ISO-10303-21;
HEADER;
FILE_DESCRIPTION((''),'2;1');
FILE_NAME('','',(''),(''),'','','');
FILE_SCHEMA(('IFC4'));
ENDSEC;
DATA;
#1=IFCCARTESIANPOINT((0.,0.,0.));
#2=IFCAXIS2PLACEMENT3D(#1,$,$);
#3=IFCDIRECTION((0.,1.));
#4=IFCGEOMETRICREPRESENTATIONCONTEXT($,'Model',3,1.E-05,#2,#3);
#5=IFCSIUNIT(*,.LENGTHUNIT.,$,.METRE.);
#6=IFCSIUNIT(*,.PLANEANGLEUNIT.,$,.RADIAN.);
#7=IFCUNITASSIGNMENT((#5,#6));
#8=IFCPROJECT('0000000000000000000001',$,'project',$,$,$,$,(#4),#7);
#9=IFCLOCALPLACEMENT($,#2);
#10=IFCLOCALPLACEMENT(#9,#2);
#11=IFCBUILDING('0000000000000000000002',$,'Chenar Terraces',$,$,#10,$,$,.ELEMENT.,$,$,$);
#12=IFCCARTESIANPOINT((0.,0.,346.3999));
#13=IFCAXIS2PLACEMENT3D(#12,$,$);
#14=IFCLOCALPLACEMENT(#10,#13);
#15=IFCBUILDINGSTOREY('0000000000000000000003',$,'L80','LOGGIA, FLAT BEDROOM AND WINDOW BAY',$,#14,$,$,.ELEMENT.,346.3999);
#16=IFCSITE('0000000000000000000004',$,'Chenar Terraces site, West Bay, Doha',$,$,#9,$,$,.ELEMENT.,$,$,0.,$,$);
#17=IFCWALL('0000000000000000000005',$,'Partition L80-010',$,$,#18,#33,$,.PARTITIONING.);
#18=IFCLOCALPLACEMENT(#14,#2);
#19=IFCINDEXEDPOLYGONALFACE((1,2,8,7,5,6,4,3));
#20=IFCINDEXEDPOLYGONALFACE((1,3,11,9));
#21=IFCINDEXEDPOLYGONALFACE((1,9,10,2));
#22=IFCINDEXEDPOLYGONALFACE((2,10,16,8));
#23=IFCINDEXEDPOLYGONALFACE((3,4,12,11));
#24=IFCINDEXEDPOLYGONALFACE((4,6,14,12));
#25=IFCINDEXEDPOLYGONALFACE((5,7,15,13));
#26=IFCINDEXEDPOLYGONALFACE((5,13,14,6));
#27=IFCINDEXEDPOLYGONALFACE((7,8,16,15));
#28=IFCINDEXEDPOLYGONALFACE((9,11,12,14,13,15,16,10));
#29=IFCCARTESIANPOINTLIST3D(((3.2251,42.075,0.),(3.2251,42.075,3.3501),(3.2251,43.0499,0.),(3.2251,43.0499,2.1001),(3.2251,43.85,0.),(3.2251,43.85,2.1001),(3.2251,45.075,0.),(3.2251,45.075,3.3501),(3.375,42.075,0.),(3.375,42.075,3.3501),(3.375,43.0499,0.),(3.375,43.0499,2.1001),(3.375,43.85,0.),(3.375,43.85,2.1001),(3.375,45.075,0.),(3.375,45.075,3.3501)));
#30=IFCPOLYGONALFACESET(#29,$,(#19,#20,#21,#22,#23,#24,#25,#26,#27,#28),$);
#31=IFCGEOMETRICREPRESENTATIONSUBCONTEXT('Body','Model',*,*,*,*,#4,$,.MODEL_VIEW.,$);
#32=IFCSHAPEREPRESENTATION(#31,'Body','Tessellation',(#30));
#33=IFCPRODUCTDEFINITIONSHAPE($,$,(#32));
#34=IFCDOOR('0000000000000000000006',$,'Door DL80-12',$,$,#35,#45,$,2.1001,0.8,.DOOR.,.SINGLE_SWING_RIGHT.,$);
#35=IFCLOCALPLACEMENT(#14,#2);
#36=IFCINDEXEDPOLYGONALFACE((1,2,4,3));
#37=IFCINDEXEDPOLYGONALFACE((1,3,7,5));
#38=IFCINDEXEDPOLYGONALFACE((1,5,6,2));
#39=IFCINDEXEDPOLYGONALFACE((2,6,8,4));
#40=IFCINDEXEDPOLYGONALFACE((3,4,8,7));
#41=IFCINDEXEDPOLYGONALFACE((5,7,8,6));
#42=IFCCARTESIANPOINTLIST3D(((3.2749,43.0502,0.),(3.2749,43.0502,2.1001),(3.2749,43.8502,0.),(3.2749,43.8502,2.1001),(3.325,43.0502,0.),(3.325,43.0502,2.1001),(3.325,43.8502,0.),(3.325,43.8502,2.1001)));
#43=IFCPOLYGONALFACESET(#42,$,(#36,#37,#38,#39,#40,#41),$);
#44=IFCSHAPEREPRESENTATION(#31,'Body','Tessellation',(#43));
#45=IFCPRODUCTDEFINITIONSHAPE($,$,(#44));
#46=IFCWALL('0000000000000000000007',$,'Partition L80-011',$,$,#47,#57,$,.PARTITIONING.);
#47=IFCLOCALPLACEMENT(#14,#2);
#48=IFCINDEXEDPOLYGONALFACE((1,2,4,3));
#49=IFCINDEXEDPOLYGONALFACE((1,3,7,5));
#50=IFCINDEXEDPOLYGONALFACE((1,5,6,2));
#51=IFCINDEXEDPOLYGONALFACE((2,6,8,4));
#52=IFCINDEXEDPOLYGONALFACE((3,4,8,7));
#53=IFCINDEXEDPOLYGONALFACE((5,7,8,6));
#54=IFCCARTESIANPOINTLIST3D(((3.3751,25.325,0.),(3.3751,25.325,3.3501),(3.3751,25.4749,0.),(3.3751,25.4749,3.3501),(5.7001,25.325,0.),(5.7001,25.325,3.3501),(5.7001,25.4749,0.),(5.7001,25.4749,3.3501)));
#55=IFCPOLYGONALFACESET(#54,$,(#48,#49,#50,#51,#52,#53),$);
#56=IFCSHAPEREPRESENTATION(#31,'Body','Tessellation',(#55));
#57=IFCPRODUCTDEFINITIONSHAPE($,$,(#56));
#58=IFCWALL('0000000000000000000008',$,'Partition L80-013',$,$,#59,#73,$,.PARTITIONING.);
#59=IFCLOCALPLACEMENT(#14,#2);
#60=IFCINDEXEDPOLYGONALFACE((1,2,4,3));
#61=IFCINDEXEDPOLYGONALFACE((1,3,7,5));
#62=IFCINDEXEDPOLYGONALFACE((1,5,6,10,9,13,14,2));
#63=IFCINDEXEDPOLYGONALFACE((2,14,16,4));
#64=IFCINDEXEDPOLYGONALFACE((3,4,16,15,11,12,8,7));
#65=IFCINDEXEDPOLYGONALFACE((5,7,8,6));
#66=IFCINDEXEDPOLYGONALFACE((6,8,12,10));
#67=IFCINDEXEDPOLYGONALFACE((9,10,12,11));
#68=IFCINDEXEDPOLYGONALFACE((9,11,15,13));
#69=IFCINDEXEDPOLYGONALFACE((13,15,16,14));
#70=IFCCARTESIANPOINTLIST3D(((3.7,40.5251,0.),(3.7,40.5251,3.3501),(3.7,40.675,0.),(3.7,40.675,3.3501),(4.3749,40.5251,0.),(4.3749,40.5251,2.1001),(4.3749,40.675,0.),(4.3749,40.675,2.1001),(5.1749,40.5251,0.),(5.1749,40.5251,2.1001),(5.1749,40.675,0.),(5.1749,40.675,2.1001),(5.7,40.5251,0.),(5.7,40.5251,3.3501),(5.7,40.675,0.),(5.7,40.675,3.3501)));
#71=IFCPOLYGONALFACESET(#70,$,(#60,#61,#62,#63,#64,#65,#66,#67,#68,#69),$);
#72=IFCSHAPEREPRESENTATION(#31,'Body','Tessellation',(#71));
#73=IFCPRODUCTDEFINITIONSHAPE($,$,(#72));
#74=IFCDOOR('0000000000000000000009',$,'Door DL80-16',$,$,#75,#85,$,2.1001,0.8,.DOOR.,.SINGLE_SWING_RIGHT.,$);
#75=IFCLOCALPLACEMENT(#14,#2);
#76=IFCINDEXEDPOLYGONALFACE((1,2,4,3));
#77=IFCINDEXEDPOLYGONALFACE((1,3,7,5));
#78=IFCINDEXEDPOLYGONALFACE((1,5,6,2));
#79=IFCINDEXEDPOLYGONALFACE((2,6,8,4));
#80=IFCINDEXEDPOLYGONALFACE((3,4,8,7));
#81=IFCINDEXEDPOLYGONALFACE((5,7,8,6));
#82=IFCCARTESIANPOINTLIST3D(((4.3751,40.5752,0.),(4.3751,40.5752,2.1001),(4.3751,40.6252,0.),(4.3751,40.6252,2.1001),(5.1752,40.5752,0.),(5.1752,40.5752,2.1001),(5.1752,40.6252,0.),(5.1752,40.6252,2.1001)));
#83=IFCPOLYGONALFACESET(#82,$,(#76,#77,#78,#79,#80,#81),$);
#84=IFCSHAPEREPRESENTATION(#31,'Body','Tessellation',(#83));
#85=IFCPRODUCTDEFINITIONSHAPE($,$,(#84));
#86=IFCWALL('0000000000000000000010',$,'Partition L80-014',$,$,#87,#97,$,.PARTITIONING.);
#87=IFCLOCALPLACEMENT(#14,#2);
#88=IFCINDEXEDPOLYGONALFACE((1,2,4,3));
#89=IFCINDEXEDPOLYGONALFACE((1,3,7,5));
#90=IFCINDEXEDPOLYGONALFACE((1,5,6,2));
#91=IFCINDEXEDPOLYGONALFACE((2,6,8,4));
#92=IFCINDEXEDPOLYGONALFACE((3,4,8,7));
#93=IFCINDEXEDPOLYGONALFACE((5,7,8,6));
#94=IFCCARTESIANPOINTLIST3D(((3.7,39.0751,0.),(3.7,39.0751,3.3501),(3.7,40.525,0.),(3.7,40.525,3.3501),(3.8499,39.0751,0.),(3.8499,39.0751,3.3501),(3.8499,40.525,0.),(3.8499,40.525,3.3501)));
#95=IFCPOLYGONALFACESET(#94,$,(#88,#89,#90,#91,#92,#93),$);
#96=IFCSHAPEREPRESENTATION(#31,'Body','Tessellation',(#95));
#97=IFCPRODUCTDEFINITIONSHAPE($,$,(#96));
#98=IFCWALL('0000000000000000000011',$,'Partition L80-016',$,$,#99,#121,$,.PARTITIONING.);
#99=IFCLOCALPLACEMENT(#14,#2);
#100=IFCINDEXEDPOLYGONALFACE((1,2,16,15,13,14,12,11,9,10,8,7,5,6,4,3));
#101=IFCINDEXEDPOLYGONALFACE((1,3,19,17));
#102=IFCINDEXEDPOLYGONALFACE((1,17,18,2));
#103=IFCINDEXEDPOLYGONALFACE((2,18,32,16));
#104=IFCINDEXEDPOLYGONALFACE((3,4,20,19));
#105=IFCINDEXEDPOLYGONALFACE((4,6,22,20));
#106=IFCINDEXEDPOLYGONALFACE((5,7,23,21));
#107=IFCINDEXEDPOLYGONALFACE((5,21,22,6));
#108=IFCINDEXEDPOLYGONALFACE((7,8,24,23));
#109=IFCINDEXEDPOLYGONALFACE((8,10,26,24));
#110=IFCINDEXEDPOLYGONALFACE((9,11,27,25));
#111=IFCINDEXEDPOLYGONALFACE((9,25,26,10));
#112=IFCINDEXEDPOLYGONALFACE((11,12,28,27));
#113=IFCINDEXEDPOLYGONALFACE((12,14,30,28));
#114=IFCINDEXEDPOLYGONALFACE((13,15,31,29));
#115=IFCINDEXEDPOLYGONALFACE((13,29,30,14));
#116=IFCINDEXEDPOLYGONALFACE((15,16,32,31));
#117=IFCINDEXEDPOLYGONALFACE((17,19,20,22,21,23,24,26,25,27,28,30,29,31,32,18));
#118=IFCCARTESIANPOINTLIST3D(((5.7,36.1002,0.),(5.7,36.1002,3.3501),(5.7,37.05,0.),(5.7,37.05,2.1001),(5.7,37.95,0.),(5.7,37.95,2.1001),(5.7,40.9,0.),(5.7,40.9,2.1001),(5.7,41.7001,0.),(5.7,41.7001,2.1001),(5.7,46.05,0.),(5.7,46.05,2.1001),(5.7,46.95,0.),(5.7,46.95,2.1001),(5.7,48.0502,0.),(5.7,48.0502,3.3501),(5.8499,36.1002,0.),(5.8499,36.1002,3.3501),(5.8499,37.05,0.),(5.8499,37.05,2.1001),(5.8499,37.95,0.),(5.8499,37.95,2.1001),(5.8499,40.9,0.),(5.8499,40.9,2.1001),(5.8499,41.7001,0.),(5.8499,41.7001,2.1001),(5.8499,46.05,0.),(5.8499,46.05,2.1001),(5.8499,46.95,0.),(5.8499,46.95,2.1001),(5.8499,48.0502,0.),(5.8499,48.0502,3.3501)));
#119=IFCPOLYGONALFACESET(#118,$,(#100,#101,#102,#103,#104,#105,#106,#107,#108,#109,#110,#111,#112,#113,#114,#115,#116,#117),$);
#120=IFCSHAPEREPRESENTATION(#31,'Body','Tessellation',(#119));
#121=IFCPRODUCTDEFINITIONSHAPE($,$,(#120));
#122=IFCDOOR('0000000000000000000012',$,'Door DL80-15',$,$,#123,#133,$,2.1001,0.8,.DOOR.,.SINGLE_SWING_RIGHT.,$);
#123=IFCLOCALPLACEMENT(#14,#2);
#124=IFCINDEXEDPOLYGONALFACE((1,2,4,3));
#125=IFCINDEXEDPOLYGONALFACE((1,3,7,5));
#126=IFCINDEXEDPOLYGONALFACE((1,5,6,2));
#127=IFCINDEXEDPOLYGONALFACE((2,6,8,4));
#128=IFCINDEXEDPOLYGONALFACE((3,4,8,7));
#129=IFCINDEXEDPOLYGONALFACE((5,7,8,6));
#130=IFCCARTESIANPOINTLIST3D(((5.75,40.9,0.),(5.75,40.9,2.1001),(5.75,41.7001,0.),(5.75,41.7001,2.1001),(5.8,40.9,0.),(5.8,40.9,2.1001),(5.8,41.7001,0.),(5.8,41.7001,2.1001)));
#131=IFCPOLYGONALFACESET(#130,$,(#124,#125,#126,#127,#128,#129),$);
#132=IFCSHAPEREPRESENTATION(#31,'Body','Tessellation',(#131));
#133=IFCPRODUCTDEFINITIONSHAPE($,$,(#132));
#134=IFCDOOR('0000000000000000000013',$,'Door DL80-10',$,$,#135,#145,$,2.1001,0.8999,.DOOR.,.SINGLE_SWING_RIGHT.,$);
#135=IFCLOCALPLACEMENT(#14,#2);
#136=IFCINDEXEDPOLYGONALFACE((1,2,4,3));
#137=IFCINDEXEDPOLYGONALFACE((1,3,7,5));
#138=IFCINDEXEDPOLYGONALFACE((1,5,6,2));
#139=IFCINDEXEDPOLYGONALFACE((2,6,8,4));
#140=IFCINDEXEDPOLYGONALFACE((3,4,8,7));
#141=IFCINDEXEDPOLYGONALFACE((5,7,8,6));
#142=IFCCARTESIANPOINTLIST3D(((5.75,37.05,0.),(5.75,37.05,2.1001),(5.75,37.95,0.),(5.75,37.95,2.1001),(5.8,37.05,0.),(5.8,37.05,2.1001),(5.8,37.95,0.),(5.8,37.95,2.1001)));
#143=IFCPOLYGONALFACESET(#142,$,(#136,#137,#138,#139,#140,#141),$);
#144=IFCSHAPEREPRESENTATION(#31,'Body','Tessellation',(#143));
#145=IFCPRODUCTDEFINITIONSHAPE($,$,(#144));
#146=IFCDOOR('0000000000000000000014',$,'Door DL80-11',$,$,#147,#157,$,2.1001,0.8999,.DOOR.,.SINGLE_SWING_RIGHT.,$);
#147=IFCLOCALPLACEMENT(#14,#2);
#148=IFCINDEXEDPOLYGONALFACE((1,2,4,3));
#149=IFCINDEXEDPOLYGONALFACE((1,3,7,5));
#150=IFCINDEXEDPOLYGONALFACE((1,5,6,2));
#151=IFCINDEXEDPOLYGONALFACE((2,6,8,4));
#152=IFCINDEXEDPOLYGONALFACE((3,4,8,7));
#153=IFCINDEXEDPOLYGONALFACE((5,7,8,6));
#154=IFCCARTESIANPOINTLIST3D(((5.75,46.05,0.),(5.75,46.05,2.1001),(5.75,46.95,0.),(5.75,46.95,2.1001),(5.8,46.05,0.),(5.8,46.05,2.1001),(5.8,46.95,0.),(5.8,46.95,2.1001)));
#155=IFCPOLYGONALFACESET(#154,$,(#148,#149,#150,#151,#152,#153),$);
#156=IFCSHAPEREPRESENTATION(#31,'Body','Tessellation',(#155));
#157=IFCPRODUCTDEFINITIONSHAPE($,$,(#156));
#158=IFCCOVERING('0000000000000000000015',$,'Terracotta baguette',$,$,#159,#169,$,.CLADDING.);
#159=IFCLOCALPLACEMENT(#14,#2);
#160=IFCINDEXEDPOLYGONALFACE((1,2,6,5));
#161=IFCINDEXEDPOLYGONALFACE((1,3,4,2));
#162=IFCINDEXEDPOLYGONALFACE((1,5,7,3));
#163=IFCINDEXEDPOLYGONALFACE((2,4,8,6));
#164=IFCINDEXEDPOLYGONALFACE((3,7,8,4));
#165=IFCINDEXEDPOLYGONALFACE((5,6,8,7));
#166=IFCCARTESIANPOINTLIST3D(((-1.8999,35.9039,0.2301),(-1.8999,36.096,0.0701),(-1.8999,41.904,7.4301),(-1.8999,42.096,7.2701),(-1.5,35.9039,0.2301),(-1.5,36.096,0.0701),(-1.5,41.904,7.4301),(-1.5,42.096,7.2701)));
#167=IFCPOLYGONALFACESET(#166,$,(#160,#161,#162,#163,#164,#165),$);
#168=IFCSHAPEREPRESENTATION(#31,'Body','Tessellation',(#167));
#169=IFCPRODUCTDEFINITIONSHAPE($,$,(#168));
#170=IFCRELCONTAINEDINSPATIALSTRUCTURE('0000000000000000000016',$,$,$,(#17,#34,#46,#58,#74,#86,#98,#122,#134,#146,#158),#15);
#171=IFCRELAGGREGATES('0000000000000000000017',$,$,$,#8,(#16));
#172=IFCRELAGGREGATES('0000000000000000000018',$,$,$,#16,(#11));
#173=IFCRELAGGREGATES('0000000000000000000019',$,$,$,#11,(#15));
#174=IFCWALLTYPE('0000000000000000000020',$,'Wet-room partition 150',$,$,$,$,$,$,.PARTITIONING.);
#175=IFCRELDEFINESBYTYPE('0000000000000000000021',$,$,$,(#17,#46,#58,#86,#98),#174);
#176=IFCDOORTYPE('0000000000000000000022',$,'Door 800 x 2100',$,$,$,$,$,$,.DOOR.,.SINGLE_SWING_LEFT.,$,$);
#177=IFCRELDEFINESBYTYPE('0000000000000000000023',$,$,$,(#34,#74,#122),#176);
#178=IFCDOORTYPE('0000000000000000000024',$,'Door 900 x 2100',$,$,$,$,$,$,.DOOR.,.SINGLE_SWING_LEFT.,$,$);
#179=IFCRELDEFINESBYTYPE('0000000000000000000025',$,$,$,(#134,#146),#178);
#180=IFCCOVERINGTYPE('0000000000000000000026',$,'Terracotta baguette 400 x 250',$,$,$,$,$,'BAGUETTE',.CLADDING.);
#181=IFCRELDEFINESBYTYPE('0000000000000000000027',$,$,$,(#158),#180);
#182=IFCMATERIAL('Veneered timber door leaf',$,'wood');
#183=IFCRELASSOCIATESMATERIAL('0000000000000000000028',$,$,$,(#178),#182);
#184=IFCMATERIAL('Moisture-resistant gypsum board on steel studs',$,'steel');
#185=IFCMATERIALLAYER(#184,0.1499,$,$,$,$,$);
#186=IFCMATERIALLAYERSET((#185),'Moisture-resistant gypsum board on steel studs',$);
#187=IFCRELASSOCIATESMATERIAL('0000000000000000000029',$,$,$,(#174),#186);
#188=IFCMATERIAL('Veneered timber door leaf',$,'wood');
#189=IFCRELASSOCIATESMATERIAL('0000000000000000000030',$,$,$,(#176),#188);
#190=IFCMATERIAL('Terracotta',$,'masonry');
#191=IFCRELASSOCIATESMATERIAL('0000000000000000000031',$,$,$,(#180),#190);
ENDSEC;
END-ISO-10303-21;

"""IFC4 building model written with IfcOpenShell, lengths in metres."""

from ifc_helpers import new_model, si_unit, direction, frame, frame_2d, origin, origin_2d, place, context, subcontext, project, spatial, rectangle, extrude, material, layer, layer_set, material_profile, profile_set, type_object, element, fill, save


model = new_model("IFC4")

# Units and contexts
model_context = context("Model", 3, precision=1e-05, world=origin(), true_north=direction((0.0, 1.0)))
body_context = subcontext(model_context, "Body", "Model", "MODEL_VIEW")
ifc_project = project(units=[si_unit("LENGTHUNIT", "METRE"), si_unit("PLANEANGLEUNIT", "RADIAN")], contexts=[model_context])

# Site, building, storey
site_placement = place(None, origin())
site = spatial("IfcSite", under=ifc_project, at=site_placement, Name="Chenar Terraces site, West Bay, Doha", CompositionType="ELEMENT", RefElevation=0.0)
building_placement = place(site_placement, origin())
building = spatial("IfcBuilding", under=site, at=building_placement, Name="Chenar Terraces", CompositionType="ELEMENT")
storey_placement = place(building_placement, frame((0.0, 0.0, 346.3999)))
storey = spatial("IfcBuildingStorey", under=building, at=storey_placement, Name="L80", Description="LOGGIA, FLAT BEDROOM AND WINDOW BAY", CompositionType="ELEMENT", Elevation=346.3999)

# Shared definitions
ifc_material_1 = material(Name="Veneered timber door leaf", Category="wood")
door_type_1 = type_object("IfcDoorType", Name="Door 900 x 2100", OperationType="SINGLE_SWING_LEFT", PredefinedType="DOOR", material=ifc_material_1)

# Shared definitions
ifc_material_2 = material(Name="Moisture-resistant gypsum board on steel studs", Category="steel")
ifc_layer_1 = layer(ifc_material_2, 0.1499)
ifc_layer_set_1 = layer_set([ifc_layer_1], Name="Moisture-resistant gypsum board on steel studs")
wall_type_1 = type_object("IfcWallType", Name="Wet-room partition 150", PredefinedType="PARTITIONING", material=ifc_layer_set_1)

# Wall, opening, door
wall_1_placement = place(storey_placement, frame((3.3, 42.075, 0.0), z_axis=(0.0, 0.0, 1.0), x_axis=(0.0, 1.0, 0.0)))
wall_1 = element("IfcWall", 1, at=wall_1_placement, inside=storey, type_object=wall_type_1, Name="Partition L80-010", PredefinedType="PARTITIONING", context=body_context, shape_type="SweptSolid", body=[
    extrude(rectangle(XDim=3.0, YDim=0.1499, at=frame_2d((1.5, 0.0))), origin(), (0.0, 0.0, 1.0), 3.3501),
])
opening_1_placement = place(wall_1_placement, frame((0.9751, 0.0, 0.0)))
opening_1 = element("IfcOpeningElement", 2, at=opening_1_placement, cuts=wall_1, PredefinedType="OPENING", context=body_context, shape_type="SweptSolid", body=[
    extrude(rectangle(XDim=0.8, YDim=2.1001, at=frame_2d((0.3999, 1.05))), frame((0.0, 0.085, 0.0), z_axis=(0.0, -1.0, 0.0), x_axis=(1.0, 0.0, 0.0)), (0.0, 0.0, 1.0), 0.1699),
])
ifc_material_3 = material(Name="Veneered timber door leaf", Category="wood")
door_type_2 = type_object("IfcDoorType", Name="Door 800 x 2100", OperationType="SINGLE_SWING_LEFT", PredefinedType="DOOR", material=ifc_material_3)
door_1_placement = place(opening_1_placement, frame((0.8, 0.0, 0.0), z_axis=(0.0, 0.0, 1.0), x_axis=(-1.0, 0.0, 0.0)))
door_1 = element("IfcDoor", 3, at=door_1_placement, inside=storey, type_object=door_type_2, Name="Door DL80-12", OperationType="SINGLE_SWING_RIGHT", OverallHeight=2.1001, OverallWidth=0.8, PredefinedType="DOOR", context=body_context, shape_type="SweptSolid", body=[
    extrude(rectangle(XDim=0.8, YDim=2.1001, at=frame_2d((0.3999, 1.05))), frame((0.0, 0.0249, 0.0), z_axis=(0.0, -1.0, 0.0), x_axis=(1.0, 0.0, 0.0)), (0.0, 0.0, 1.0), 0.05),
])
fill(opening_1, door_1)

# Wall
wall_2_placement = place(storey_placement, frame((3.375, 25.3999, 0.0), z_axis=(0.0, 0.0, 1.0), x_axis=(1.0, 0.0, 0.0)))
element("IfcWall", 4, at=wall_2_placement, inside=storey, type_object=wall_type_1, Name="Partition L80-011", PredefinedType="PARTITIONING", context=body_context, shape_type="SweptSolid", body=[
    extrude(rectangle(XDim=2.325, YDim=0.1499, at=frame_2d((1.1626, 0.0))), origin(), (0.0, 0.0, 1.0), 3.3501),
])

# Wall, opening, door
wall_3_placement = place(storey_placement, frame((3.7, 40.6001, 0.0), z_axis=(0.0, 0.0, 1.0), x_axis=(1.0, 0.0, 0.0)))
wall_3 = element("IfcWall", 5, at=wall_3_placement, inside=storey, type_object=wall_type_1, Name="Partition L80-013", PredefinedType="PARTITIONING", context=body_context, shape_type="SweptSolid", body=[
    extrude(rectangle(XDim=2.0, YDim=0.1499, at=frame_2d((1.0, 0.0))), origin(), (0.0, 0.0, 1.0), 3.3501),
])
opening_2_placement = place(wall_3_placement, frame((0.675, 0.0, 0.0)))
opening_2 = element("IfcOpeningElement", 6, at=opening_2_placement, cuts=wall_3, PredefinedType="OPENING", context=body_context, shape_type="SweptSolid", body=[
    extrude(rectangle(XDim=0.8, YDim=2.1001, at=frame_2d((0.3999, 1.05))), frame((0.0, 0.085, 0.0), z_axis=(0.0, -1.0, 0.0), x_axis=(1.0, 0.0, 0.0)), (0.0, 0.0, 1.0), 0.1699),
])
door_2_placement = place(opening_2_placement, frame((0.8, 0.0, 0.0), z_axis=(0.0, 0.0, 1.0), x_axis=(-1.0, 0.0, 0.0)))
door_2 = element("IfcDoor", 7, at=door_2_placement, inside=storey, type_object=door_type_2, Name="Door DL80-16", OperationType="SINGLE_SWING_RIGHT", OverallHeight=2.1001, OverallWidth=0.8, PredefinedType="DOOR", context=body_context, shape_type="SweptSolid", body=[
    extrude(rectangle(XDim=0.8, YDim=2.1001, at=frame_2d((0.3999, 1.05))), frame((0.0, 0.0249, 0.0), z_axis=(0.0, -1.0, 0.0), x_axis=(1.0, 0.0, 0.0)), (0.0, 0.0, 1.0), 0.05),
])
fill(opening_2, door_2)

# Wall
wall_4_placement = place(storey_placement, frame((3.7749, 39.075, 0.0), z_axis=(0.0, 0.0, 1.0), x_axis=(0.0, 1.0, 0.0)))
element("IfcWall", 8, at=wall_4_placement, inside=storey, type_object=wall_type_1, Name="Partition L80-014", PredefinedType="PARTITIONING", context=body_context, shape_type="SweptSolid", body=[
    extrude(rectangle(XDim=1.45, YDim=0.1499, at=frame_2d((0.7251, 0.0))), origin(), (0.0, 0.0, 1.0), 3.3501),
])

# Wall, openings, doors
wall_5_placement = place(storey_placement, frame((5.7749, 36.1001, 0.0), z_axis=(0.0, 0.0, 1.0), x_axis=(0.0, 1.0, 0.0)))
wall_5 = element("IfcWall", 9, at=wall_5_placement, inside=storey, type_object=wall_type_1, Name="Partition L80-016", PredefinedType="PARTITIONING", context=body_context, shape_type="SweptSolid", body=[
    extrude(rectangle(XDim=11.95, YDim=0.1499, at=frame_2d((5.9751, 0.0))), origin(), (0.0, 0.0, 1.0), 3.3501),
])
opening_3_placement = place(wall_5_placement, frame((0.95, 0.0, 0.0)))
opening_3 = element("IfcOpeningElement", 10, at=opening_3_placement, cuts=wall_5, PredefinedType="OPENING", context=body_context, shape_type="SweptSolid", body=[
    extrude(rectangle(XDim=0.8999, YDim=2.1001, at=frame_2d((0.45, 1.05))), frame((0.0, 0.085, 0.0), z_axis=(0.0, -1.0, 0.0), x_axis=(1.0, 0.0, 0.0)), (0.0, 0.0, 1.0), 0.1699),
])
opening_4_placement = place(wall_5_placement, frame((9.95, 0.0, 0.0)))
opening_4 = element("IfcOpeningElement", 11, at=opening_4_placement, cuts=wall_5, PredefinedType="OPENING", context=body_context, shape_type="SweptSolid", body=[
    extrude(rectangle(XDim=0.8999, YDim=2.1001, at=frame_2d((0.45, 1.05))), frame((0.0, 0.085, 0.0), z_axis=(0.0, -1.0, 0.0), x_axis=(1.0, 0.0, 0.0)), (0.0, 0.0, 1.0), 0.1699),
])
opening_5_placement = place(wall_5_placement, frame((4.8, 0.0, 0.0)))
opening_5 = element("IfcOpeningElement", 12, at=opening_5_placement, cuts=wall_5, PredefinedType="OPENING", context=body_context, shape_type="SweptSolid", body=[
    extrude(rectangle(XDim=0.8, YDim=2.1001, at=frame_2d((0.3999, 1.05))), frame((0.0, 0.085, 0.0), z_axis=(0.0, -1.0, 0.0), x_axis=(1.0, 0.0, 0.0)), (0.0, 0.0, 1.0), 0.1699),
])
door_3_placement = place(opening_5_placement, origin())
door_3 = element("IfcDoor", 13, at=door_3_placement, inside=storey, type_object=door_type_2, Name="Door DL80-15", OperationType="SINGLE_SWING_RIGHT", OverallHeight=2.1001, OverallWidth=0.8, PredefinedType="DOOR", context=body_context, shape_type="SweptSolid", body=[
    extrude(rectangle(XDim=0.8, YDim=2.1001, at=frame_2d((0.3999, 1.05))), frame((0.0, 0.0249, 0.0), z_axis=(0.0, -1.0, 0.0), x_axis=(1.0, 0.0, 0.0)), (0.0, 0.0, 1.0), 0.05),
])
fill(opening_5, door_3)
door_4_placement = place(opening_3_placement, origin())
door_4 = element("IfcDoor", 14, at=door_4_placement, inside=storey, type_object=door_type_1, Name="Door DL80-10", OperationType="SINGLE_SWING_RIGHT", OverallHeight=2.1001, OverallWidth=0.8999, PredefinedType="DOOR", context=body_context, shape_type="SweptSolid", body=[
    extrude(rectangle(XDim=0.8999, YDim=2.1001, at=frame_2d((0.45, 1.05))), frame((0.0, 0.0249, 0.0), z_axis=(0.0, -1.0, 0.0), x_axis=(1.0, 0.0, 0.0)), (0.0, 0.0, 1.0), 0.05),
])
fill(opening_3, door_4)
door_5_placement = place(opening_4_placement, origin())
door_5 = element("IfcDoor", 15, at=door_5_placement, inside=storey, type_object=door_type_1, Name="Door DL80-11", OperationType="SINGLE_SWING_RIGHT", OverallHeight=2.1001, OverallWidth=0.8999, PredefinedType="DOOR", context=body_context, shape_type="SweptSolid", body=[
    extrude(rectangle(XDim=0.8999, YDim=2.1001, at=frame_2d((0.45, 1.05))), frame((0.0, 0.0249, 0.0), z_axis=(0.0, -1.0, 0.0), x_axis=(1.0, 0.0, 0.0)), (0.0, 0.0, 1.0), 0.05),
])
fill(opening_4, door_5)

# Covering
ifc_material_4 = material(Name="Terracotta", Category="masonry")
ifc_material_profile_1 = material_profile(ifc_material_4, rectangle(XDim=0.3999, YDim=0.25, at=origin_2d()), Name="Terracotta baguette 400 x 250")
ifc_profile_set_1 = profile_set([ifc_material_profile_1], Name="Terracotta")
covering_type = type_object("IfcCoveringType", Name="Terracotta baguette 400 x 250", ElementType="BAGUETTE", PredefinedType="CLADDING", material=ifc_profile_set_1)
for number, where, z_axis, x_axis, name in (
    (16, (-1.7, 42.0, 7.3501), (0.0, -0.640187, -0.768219), (1.0, 0.0, 0.0), "Terracotta baguette"),
):
    element("IfcCovering", number, at=place(storey_placement, frame(where, z_axis=z_axis, x_axis=x_axis)), inside=storey, type_object=covering_type, Name=name, PredefinedType="CLADDING", context=body_context, shape_type="SweptSolid", body=[
        extrude(rectangle(XDim=0.3999, YDim=0.25, at=origin_2d()), origin(), (0.0, 0.0, 1.0), 9.3723),
    ])

save(model, "model.ifc")
